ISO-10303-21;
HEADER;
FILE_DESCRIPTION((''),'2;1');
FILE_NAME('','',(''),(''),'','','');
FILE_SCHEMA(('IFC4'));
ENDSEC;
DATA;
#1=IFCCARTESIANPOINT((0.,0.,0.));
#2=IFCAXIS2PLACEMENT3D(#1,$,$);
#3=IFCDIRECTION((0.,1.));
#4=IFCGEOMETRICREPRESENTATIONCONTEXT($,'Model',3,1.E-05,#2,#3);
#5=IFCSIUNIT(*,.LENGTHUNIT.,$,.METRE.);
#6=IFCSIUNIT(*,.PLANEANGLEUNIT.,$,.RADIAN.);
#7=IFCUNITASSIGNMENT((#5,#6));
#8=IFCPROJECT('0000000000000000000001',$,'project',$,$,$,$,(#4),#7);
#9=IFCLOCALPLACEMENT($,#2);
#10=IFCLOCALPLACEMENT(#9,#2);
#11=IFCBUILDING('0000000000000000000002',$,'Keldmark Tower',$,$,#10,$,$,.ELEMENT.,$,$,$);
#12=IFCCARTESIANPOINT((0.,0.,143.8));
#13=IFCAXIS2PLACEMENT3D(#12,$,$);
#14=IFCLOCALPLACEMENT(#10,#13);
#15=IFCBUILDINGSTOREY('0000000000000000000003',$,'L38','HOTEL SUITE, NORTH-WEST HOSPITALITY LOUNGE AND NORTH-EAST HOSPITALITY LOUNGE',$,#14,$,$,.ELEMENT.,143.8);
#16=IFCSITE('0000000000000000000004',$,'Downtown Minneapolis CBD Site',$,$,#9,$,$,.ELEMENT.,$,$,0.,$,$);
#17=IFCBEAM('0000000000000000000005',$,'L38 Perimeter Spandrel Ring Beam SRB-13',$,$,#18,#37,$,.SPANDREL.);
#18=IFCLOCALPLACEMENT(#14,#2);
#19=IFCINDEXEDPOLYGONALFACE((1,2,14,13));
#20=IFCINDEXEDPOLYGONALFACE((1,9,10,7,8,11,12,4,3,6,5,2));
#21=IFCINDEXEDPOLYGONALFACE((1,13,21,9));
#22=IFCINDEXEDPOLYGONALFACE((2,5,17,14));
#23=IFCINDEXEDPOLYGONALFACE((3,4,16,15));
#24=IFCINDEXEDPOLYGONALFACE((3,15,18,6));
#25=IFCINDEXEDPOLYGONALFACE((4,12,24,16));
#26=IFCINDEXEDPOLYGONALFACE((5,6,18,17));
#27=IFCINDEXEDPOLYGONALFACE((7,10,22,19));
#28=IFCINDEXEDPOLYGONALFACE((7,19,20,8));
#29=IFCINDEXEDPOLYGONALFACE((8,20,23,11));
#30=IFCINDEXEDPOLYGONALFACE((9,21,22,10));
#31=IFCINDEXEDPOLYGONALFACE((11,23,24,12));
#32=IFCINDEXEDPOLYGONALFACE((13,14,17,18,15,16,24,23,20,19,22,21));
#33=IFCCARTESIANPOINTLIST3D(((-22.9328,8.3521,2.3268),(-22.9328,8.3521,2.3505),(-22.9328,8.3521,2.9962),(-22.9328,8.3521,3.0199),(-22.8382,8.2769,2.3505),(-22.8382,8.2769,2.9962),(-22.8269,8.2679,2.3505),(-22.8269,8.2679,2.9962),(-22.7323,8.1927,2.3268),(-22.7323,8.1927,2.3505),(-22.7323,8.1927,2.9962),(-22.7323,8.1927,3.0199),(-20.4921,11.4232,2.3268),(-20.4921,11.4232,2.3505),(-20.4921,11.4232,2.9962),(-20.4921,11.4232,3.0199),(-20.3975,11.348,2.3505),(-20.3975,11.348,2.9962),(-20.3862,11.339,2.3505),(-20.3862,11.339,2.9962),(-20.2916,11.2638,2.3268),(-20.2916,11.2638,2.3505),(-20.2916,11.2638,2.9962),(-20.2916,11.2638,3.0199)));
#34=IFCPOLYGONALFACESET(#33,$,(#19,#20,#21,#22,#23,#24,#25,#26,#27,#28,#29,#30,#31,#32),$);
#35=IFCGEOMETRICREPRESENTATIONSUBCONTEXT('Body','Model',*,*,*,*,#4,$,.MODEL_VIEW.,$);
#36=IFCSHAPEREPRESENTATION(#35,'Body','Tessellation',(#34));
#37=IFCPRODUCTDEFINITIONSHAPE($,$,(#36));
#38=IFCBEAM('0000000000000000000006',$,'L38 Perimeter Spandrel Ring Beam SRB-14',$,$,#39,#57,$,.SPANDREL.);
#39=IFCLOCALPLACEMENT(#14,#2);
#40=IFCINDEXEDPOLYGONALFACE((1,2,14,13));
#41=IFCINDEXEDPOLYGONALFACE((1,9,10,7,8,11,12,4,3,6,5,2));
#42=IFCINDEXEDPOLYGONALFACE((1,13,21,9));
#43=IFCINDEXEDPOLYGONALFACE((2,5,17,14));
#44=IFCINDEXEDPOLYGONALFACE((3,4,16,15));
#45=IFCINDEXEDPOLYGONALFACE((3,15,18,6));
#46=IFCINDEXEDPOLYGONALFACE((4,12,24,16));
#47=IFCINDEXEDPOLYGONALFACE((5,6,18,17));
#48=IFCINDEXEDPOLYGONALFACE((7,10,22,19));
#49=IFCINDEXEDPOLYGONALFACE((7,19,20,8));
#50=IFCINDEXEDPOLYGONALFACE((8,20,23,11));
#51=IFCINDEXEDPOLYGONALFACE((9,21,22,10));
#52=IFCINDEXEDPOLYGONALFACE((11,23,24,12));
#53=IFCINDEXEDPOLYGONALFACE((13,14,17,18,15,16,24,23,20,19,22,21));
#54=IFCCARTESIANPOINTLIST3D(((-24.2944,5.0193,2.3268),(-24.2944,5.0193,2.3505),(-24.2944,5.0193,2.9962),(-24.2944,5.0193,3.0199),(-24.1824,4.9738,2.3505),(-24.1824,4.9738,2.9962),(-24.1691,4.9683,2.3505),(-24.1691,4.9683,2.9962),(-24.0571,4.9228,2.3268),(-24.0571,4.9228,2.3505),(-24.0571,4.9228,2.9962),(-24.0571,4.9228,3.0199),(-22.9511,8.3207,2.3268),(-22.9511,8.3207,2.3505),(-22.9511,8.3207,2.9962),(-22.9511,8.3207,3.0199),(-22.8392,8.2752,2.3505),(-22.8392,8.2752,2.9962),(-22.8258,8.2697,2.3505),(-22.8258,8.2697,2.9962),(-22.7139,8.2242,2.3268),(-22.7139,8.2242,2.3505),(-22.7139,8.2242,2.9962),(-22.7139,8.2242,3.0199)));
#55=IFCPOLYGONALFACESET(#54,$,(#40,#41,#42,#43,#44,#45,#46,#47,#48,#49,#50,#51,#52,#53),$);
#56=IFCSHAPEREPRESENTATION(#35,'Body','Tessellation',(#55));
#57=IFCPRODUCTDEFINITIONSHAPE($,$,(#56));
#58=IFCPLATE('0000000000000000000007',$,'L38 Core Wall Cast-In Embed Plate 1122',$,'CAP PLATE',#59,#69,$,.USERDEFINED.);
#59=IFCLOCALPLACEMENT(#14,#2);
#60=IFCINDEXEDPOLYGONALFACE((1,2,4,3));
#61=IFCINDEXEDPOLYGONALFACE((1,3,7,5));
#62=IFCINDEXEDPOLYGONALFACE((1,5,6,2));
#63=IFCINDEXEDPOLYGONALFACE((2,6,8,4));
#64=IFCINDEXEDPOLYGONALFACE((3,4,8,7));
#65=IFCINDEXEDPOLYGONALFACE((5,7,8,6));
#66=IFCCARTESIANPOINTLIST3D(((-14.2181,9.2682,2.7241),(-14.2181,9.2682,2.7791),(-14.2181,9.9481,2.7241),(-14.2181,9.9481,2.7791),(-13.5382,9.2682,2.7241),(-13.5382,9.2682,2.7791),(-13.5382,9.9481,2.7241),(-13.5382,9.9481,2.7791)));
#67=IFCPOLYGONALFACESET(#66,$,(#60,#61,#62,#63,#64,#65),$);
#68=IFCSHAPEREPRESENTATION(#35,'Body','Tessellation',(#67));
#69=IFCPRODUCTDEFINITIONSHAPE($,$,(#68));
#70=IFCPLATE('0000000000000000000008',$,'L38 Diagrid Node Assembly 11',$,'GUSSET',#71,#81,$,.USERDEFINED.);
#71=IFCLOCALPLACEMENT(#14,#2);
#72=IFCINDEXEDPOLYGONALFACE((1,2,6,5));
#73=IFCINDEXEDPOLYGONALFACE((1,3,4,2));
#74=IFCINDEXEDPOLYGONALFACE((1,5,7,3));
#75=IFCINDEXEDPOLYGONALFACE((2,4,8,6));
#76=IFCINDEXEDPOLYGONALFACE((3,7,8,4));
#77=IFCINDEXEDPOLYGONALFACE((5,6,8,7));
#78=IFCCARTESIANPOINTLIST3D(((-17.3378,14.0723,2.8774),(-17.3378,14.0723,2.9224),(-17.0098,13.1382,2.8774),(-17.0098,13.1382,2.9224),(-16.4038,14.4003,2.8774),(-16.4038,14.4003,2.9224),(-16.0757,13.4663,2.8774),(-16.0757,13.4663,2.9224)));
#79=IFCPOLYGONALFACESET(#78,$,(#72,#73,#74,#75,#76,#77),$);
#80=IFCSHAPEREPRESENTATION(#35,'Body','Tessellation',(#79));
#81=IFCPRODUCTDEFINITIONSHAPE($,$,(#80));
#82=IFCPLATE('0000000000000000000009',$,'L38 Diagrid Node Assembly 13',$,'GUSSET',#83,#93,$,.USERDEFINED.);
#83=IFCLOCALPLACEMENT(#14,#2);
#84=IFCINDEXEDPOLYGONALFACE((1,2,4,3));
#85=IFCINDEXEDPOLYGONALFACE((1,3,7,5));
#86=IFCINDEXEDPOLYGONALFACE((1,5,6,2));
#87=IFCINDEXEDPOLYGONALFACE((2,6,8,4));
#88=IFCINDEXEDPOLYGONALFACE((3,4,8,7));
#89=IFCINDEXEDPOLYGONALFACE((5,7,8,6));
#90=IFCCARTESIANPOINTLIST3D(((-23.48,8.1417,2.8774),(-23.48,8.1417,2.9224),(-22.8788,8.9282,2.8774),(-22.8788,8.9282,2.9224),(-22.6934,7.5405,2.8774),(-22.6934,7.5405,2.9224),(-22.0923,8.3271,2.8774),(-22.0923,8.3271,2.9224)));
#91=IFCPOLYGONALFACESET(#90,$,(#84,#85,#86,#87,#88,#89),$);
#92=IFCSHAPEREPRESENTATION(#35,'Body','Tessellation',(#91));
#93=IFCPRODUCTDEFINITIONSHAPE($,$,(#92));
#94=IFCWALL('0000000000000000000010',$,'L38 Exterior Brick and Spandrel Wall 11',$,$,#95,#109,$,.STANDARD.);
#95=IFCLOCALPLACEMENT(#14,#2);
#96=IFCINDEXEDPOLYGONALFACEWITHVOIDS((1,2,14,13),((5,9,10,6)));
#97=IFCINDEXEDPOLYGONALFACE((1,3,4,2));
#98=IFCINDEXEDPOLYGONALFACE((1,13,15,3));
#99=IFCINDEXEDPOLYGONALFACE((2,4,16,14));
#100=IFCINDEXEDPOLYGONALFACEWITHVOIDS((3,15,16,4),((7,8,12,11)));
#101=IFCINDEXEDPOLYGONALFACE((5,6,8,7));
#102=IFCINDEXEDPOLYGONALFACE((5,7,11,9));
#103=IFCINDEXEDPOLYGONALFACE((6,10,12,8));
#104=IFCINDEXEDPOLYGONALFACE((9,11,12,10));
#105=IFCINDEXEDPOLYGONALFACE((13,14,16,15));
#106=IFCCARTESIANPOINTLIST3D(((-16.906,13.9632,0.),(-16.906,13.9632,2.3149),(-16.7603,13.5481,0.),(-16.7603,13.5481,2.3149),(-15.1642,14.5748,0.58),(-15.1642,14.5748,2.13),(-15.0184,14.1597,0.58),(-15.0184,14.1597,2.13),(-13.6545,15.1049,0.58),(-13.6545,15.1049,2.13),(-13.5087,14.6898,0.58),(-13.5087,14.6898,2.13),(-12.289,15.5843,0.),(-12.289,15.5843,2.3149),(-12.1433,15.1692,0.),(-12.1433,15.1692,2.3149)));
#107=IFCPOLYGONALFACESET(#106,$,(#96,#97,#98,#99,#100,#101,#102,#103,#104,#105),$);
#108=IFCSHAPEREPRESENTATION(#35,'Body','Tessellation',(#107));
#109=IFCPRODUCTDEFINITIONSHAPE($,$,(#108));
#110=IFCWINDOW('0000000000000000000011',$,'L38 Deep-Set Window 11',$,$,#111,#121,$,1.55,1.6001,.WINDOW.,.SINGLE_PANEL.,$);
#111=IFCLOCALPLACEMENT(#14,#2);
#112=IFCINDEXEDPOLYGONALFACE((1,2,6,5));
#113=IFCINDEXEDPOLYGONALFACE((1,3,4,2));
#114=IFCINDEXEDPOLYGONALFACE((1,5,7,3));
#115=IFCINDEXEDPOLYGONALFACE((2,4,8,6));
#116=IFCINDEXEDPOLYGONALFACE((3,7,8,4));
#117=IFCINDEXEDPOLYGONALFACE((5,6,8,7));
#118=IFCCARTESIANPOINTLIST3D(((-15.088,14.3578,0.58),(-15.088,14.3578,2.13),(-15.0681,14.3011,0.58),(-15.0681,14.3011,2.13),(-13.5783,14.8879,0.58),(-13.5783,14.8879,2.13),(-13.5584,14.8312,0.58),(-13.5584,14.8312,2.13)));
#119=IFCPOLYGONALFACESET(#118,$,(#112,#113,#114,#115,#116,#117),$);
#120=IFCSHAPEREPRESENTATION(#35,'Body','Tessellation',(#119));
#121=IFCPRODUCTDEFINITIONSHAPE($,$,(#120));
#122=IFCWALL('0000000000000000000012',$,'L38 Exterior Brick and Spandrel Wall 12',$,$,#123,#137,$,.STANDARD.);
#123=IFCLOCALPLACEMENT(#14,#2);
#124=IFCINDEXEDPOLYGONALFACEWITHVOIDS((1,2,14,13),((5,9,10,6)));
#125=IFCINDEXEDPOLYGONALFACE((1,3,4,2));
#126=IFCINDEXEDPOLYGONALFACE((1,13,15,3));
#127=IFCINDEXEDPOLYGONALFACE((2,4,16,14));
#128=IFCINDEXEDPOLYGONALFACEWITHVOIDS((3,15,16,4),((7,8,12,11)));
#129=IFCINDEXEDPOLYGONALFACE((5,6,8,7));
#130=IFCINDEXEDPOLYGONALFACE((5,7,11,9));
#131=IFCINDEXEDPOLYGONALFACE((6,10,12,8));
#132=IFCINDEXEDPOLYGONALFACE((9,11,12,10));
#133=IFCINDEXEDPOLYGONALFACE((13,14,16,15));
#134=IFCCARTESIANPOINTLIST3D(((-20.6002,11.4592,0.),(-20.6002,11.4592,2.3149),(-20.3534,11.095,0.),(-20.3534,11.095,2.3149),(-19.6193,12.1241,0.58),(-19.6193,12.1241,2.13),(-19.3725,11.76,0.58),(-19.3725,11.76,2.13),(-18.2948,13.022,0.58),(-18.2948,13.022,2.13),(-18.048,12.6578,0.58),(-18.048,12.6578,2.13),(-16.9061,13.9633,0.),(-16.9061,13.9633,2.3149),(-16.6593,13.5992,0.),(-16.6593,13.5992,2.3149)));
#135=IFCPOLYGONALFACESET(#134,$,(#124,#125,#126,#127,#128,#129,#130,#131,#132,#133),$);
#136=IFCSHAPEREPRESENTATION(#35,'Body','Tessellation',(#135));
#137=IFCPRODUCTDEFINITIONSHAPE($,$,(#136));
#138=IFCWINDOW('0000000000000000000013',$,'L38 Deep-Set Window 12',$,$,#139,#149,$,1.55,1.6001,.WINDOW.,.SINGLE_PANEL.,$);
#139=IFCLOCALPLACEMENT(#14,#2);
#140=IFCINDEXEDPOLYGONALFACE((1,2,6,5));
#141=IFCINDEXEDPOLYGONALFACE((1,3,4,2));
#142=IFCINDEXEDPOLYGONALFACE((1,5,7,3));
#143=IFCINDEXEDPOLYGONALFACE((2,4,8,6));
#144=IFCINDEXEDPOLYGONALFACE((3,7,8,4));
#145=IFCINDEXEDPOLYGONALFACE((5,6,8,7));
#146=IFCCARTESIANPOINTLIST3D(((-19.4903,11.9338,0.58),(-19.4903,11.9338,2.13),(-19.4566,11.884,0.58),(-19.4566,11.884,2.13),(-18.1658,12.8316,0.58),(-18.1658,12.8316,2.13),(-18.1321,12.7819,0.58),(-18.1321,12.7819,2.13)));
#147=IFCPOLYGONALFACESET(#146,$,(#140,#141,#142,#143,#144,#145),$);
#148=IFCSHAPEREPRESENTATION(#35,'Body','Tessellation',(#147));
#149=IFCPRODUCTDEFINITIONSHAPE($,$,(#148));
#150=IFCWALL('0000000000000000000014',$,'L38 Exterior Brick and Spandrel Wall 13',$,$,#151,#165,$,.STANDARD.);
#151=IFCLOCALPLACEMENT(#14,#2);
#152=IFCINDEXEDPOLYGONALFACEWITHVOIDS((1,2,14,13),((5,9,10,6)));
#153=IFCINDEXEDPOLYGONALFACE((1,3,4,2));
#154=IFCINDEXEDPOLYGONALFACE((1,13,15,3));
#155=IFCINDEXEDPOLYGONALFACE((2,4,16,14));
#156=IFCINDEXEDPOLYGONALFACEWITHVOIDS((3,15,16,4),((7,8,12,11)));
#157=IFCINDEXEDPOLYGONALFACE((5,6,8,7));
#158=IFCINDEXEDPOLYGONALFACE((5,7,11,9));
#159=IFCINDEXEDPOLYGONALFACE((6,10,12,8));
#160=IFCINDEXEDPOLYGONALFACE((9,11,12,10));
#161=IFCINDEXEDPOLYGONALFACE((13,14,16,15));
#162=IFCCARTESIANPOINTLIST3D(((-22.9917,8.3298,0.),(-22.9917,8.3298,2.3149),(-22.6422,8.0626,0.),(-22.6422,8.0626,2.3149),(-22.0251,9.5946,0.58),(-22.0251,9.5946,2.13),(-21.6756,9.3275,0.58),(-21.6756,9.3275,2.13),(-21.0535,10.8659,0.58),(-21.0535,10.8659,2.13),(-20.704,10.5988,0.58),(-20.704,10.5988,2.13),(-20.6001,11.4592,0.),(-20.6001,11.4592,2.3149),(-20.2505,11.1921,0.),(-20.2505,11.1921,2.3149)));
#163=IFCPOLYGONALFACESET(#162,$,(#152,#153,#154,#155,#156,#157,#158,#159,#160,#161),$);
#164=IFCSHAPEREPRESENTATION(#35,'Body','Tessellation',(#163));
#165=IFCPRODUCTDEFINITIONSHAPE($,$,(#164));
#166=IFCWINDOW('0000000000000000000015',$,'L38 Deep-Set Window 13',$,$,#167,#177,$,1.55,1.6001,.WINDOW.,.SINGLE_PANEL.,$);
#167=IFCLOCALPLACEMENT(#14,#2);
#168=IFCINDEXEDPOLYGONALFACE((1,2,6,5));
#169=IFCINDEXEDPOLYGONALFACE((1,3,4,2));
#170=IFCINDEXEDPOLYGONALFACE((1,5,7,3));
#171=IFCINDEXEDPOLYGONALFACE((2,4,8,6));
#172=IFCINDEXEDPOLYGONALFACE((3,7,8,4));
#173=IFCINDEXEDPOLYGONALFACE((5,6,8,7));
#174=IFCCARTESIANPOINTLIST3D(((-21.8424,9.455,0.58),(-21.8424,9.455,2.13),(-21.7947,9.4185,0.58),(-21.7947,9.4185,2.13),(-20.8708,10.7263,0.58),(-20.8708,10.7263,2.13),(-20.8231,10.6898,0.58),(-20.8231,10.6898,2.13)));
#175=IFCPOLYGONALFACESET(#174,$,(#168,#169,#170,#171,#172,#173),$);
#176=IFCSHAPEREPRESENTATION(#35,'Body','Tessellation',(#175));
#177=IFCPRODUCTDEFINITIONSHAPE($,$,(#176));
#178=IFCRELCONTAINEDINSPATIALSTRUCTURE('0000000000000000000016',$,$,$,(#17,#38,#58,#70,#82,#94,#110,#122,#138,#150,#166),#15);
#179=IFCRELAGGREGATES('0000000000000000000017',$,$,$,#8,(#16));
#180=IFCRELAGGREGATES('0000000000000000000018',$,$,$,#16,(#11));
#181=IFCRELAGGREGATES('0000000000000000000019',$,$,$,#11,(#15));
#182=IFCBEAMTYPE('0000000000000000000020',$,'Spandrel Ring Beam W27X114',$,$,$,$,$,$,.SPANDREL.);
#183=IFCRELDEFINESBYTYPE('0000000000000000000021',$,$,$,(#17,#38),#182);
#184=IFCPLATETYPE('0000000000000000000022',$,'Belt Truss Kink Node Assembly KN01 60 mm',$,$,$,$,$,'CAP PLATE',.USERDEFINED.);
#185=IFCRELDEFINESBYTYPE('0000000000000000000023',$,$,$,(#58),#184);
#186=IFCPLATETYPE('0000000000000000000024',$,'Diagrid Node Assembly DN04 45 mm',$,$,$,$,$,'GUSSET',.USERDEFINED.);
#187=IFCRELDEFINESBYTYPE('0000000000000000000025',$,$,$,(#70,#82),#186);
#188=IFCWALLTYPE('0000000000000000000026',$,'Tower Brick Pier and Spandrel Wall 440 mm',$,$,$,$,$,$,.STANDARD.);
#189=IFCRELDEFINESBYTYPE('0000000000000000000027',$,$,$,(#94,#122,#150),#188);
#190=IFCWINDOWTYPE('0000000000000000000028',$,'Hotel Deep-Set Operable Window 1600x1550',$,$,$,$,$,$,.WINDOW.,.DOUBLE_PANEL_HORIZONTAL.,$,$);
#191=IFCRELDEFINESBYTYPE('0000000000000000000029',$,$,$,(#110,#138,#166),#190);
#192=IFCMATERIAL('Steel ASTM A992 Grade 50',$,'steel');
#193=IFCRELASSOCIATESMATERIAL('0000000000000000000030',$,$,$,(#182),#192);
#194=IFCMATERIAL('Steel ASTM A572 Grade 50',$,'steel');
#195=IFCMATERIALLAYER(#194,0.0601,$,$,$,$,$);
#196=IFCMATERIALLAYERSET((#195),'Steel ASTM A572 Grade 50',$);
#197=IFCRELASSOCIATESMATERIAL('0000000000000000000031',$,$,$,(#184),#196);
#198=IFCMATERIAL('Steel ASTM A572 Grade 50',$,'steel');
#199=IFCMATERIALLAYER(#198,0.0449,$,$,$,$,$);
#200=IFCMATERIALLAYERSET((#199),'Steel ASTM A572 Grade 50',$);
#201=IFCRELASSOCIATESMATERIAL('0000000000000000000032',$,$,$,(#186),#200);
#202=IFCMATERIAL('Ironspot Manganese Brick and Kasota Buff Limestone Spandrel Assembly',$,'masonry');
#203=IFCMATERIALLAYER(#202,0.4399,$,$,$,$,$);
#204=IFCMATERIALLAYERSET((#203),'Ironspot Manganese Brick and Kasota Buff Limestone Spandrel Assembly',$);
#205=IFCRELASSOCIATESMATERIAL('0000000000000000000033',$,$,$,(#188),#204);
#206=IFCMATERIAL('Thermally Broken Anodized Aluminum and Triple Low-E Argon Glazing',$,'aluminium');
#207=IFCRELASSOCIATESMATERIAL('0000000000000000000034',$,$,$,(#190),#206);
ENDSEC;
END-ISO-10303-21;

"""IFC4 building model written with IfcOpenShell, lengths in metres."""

from ifc_helpers import new_model, si_unit, direction, frame, frame_2d, origin, origin_2d, place, context, subcontext, project, spatial, rectangle, i_section, extrude, material, layer, layer_set, material_profile, profile_set, type_object, element, fill, save


model = new_model("IFC4")

# Units and contexts
model_context = context("Model", 3, precision=1e-05, world=origin(), true_north=direction((0.0, 1.0)))
body_context = subcontext(model_context, "Body", "Model", "MODEL_VIEW")
ifc_project = project(units=[si_unit("LENGTHUNIT", "METRE"), si_unit("PLANEANGLEUNIT", "RADIAN")], contexts=[model_context])

# Site, building, storey
site_placement = place(None, origin())
site = spatial("IfcSite", under=ifc_project, at=site_placement, Name="Downtown Minneapolis CBD Site", CompositionType="ELEMENT", RefElevation=0.0)
building_placement = place(site_placement, origin())
building = spatial("IfcBuilding", under=site, at=building_placement, Name="Keldmark Tower", CompositionType="ELEMENT")
storey_placement = place(building_placement, frame((0.0, 0.0, 143.8)))
storey = spatial("IfcBuildingStorey", under=building, at=storey_placement, Name="L38", Description="HOTEL SUITE, NORTH-WEST HOSPITALITY LOUNGE AND NORTH-EAST HOSPITALITY LOUNGE", CompositionType="ELEMENT", Elevation=143.8)

# Beams
ifc_material_1 = material(Name="Steel ASTM A992 Grade 50", Category="steel")
ifc_material_profile_1 = material_profile(ifc_material_1, i_section(OverallWidth=0.2561, OverallDepth=0.6931, WebThickness=0.0144, FlangeThickness=0.0237, at=origin_2d()), Name="W27X114")
ifc_profile_set_1 = profile_set([ifc_material_profile_1], Name="Steel ASTM A992 Grade 50")
beam_type_1 = type_object("IfcBeamType", Name="Spandrel Ring Beam W27X114", PredefinedType="SPANDREL", material=ifc_profile_set_1)
beam_1_placement = place(storey_placement, frame((-20.3918, 11.3435, 2.6733), z_axis=(-0.62218, -0.782875, 0.0), x_axis=(0.782875, -0.62218, 0.0)))
element("IfcBeam", 1, at=beam_1_placement, inside=storey, type_object=beam_type_1, Name="L38 Perimeter Spandrel Ring Beam SRB-13", PredefinedType="SPANDREL", context=body_context, shape_type="SweptSolid", body=[
    extrude(i_section(OverallWidth=0.2561, OverallDepth=0.6931, WebThickness=0.0144, FlangeThickness=0.0237, at=origin_2d()), origin(), (0.0, 0.0, 1.0), 3.9229),
])
beam_2_placement = place(storey_placement, frame((-22.8325, 8.2725, 2.6733), z_axis=(-0.376864, -0.926269, 0.0), x_axis=(0.926269, -0.376864, 0.0)))
element("IfcBeam", 2, at=beam_2_placement, inside=storey, type_object=beam_type_1, Name="L38 Perimeter Spandrel Ring Beam SRB-14", PredefinedType="SPANDREL", context=body_context, shape_type="SweptSolid", body=[
    extrude(i_section(OverallWidth=0.2561, OverallDepth=0.6931, WebThickness=0.0144, FlangeThickness=0.0237, at=origin_2d()), origin(), (0.0, 0.0, 1.0), 3.5642),
])

# Plates
ifc_material_2 = material(Name="Steel ASTM A572 Grade 50", Category="steel")
ifc_layer_1 = layer(ifc_material_2, 0.0601)
ifc_layer_set_1 = layer_set([ifc_layer_1], Name="Steel ASTM A572 Grade 50")
plate_type_1 = type_object("IfcPlateType", Name="Belt Truss Kink Node Assembly KN01 60 mm", ElementType="CAP PLATE", PredefinedType="USERDEFINED", material=ifc_layer_set_1)
plate_placement = place(storey_placement, frame((-13.8782, 9.6082, 2.7241), z_axis=(0.0, 0.0, 1.0), x_axis=(1.0, 0.0, 0.0)))
element("IfcPlate", 3, at=plate_placement, inside=storey, type_object=plate_type_1, Name="L38 Core Wall Cast-In Embed Plate 1122", ObjectType="CAP PLATE", PredefinedType="USERDEFINED", context=body_context, shape_type="SweptSolid", body=[
    extrude(rectangle(XDim=0.6799, YDim=0.6799, at=origin_2d()), origin(), (0.0, 0.0, 1.0), 0.0549),
])
ifc_material_3 = material(Name="Steel ASTM A572 Grade 50", Category="steel")
ifc_layer_2 = layer(ifc_material_3, 0.0449)
ifc_layer_set_2 = layer_set([ifc_layer_2], Name="Steel ASTM A572 Grade 50")
plate_type_2 = type_object("IfcPlateType", Name="Diagrid Node Assembly DN04 45 mm", ElementType="GUSSET", PredefinedType="USERDEFINED", material=ifc_layer_set_2)
for number, where, z_axis, x_axis, name in (
    (4, (-16.7068, 13.7693, 2.8774), (0.0, 0.0, 1.0), (-0.943512, -0.331338, 0.0), "L38 Diagrid Node Assembly 11"),
    (5, (-22.7861, 8.2344, 2.8774), (0.0, 0.0, 1.0), (-0.607237, -0.794521, 0.0), "L38 Diagrid Node Assembly 13"),
):
    element("IfcPlate", number, at=place(storey_placement, frame(where, z_axis=z_axis, x_axis=x_axis)), inside=storey, type_object=plate_type_2, Name=name, ObjectType="GUSSET", PredefinedType="USERDEFINED", context=body_context, shape_type="SweptSolid", body=[
        extrude(rectangle(XDim=0.99, YDim=0.99, at=origin_2d()), origin(), (0.0, 0.0, 1.0), 0.0449),
    ])

# Walls, openings, windows
ifc_material_4 = material(Name="Ironspot Manganese Brick and Kasota Buff Limestone Spandrel Assembly", Category="masonry")
ifc_layer_3 = layer(ifc_material_4, 0.4399)
ifc_layer_set_3 = layer_set([ifc_layer_3], Name="Ironspot Manganese Brick and Kasota Buff Limestone Spandrel Assembly")
wall_type_1 = type_object("IfcWallType", Name="Tower Brick Pier and Spandrel Wall 440 mm", PredefinedType="STANDARD", material=ifc_layer_set_3)
wall_1_placement = place(storey_placement, frame((-16.8333, 13.7556, 0.0), z_axis=(0.0, 0.0, 1.0), x_axis=(0.943529, 0.33129, 0.0)))
wall_1 = element("IfcWall", 6, at=wall_1_placement, inside=storey, type_object=wall_type_1, Name="L38 Exterior Brick and Spandrel Wall 11", PredefinedType="STANDARD", context=body_context, shape_type="SweptSolid", body=[
    extrude(rectangle(XDim=4.8933, YDim=0.4399, at=frame_2d((2.4468, 0.0))), origin(), (0.0, 0.0, 1.0), 2.3149),
])
opening_1_placement = place(wall_1_placement, frame((1.8462, 0.0, 0.5801)))
opening_1 = element("IfcOpeningElement", 7, at=opening_1_placement, cuts=wall_1, PredefinedType="OPENING", context=body_context, shape_type="SweptSolid", body=[
    extrude(rectangle(XDim=1.6001, YDim=1.55, at=frame_2d((0.8, 0.7749))), frame((0.0, 0.23, 0.0), z_axis=(0.0, -1.0, 0.0), x_axis=(1.0, 0.0, 0.0)), (0.0, 0.0, 1.0), 0.46),
])
ifc_material_5 = material(Name="Thermally Broken Anodized Aluminum and Triple Low-E Argon Glazing", Category="aluminium")
window_type = type_object("IfcWindowType", Name="Hotel Deep-Set Operable Window 1600x1550", PartitioningType="DOUBLE_PANEL_HORIZONTAL", PredefinedType="WINDOW", material=ifc_material_5)
window_1_placement = place(opening_1_placement, origin())
window_1 = element("IfcWindow", 8, at=window_1_placement, inside=storey, type_object=window_type, Name="L38 Deep-Set Window 11", OverallHeight=1.55, OverallWidth=1.6001, PartitioningType="SINGLE_PANEL", PredefinedType="WINDOW", context=body_context, shape_type="SweptSolid", body=[
    extrude(rectangle(XDim=1.6001, YDim=1.55, at=frame_2d((0.8, 0.7749))), frame((0.0, -0.01, 0.0), z_axis=(0.0, -1.0, 0.0), x_axis=(1.0, 0.0, 0.0)), (0.0, 0.0, 1.0), 0.0601),
])
fill(opening_1, window_1)
wall_2_placement = place(storey_placement, frame((-20.4768, 11.2771, 0.0), z_axis=(0.0, 0.0, 1.0), x_axis=(0.827742, 0.561109, 0.0)))
wall_2 = element("IfcWall", 9, at=wall_2_placement, inside=storey, type_object=wall_type_1, Name="L38 Exterior Brick and Spandrel Wall 12", PredefinedType="STANDARD", context=body_context, shape_type="SweptSolid", body=[
    extrude(rectangle(XDim=4.4629, YDim=0.4399, at=frame_2d((2.2314, 0.0))), origin(), (0.0, 0.0, 1.0), 2.3149),
])
opening_2_placement = place(wall_2_placement, frame((1.1851, 0.0, 0.5801)))
opening_2 = element("IfcOpeningElement", 10, at=opening_2_placement, cuts=wall_2, PredefinedType="OPENING", context=body_context, shape_type="SweptSolid", body=[
    extrude(rectangle(XDim=1.6001, YDim=1.55, at=frame_2d((0.8, 0.7749))), frame((0.0, 0.23, 0.0), z_axis=(0.0, -1.0, 0.0), x_axis=(1.0, 0.0, 0.0)), (0.0, 0.0, 1.0), 0.46),
])
window_2_placement = place(opening_2_placement, origin())
window_2 = element("IfcWindow", 11, at=window_2_placement, inside=storey, type_object=window_type, Name="L38 Deep-Set Window 12", OverallHeight=1.55, OverallWidth=1.6001, PartitioningType="SINGLE_PANEL", PredefinedType="WINDOW", context=body_context, shape_type="SweptSolid", body=[
    extrude(rectangle(XDim=1.6001, YDim=1.55, at=frame_2d((0.8, 0.7749))), frame((0.0, -0.01, 0.0), z_axis=(0.0, -1.0, 0.0), x_axis=(1.0, 0.0, 0.0)), (0.0, 0.0, 1.0), 0.0601),
])
fill(opening_2, window_2)
wall_3_placement = place(storey_placement, frame((-22.8169, 8.1963, 0.0), z_axis=(0.0, 0.0, 1.0), x_axis=(0.607215, 0.794537, 0.0)))
wall_3 = element("IfcWall", 12, at=wall_3_placement, inside=storey, type_object=wall_type_1, Name="L38 Exterior Brick and Spandrel Wall 13", PredefinedType="STANDARD", context=body_context, shape_type="SweptSolid", body=[
    extrude(rectangle(XDim=3.9387, YDim=0.4399, at=frame_2d((1.9692, 0.0))), origin(), (0.0, 0.0, 1.0), 2.3149),
])
opening_3_placement = place(wall_3_placement, frame((1.5918, 0.0, 0.5801)))
opening_3 = element("IfcOpeningElement", 13, at=opening_3_placement, cuts=wall_3, PredefinedType="OPENING", context=body_context, shape_type="SweptSolid", body=[
    extrude(rectangle(XDim=1.6001, YDim=1.55, at=frame_2d((0.8, 0.7749))), frame((0.0, 0.23, 0.0), z_axis=(0.0, -1.0, 0.0), x_axis=(1.0, 0.0, 0.0)), (0.0, 0.0, 1.0), 0.46),
])
window_3_placement = place(opening_3_placement, origin())
window_3 = element("IfcWindow", 14, at=window_3_placement, inside=storey, type_object=window_type, Name="L38 Deep-Set Window 13", OverallHeight=1.55, OverallWidth=1.6001, PartitioningType="SINGLE_PANEL", PredefinedType="WINDOW", context=body_context, shape_type="SweptSolid", body=[
    extrude(rectangle(XDim=1.6001, YDim=1.55, at=frame_2d((0.8, 0.7749))), frame((0.0, -0.01, 0.0), z_axis=(0.0, -1.0, 0.0), x_axis=(1.0, 0.0, 0.0)), (0.0, 0.0, 1.0), 0.0601),
])
fill(opening_3, window_3)

save(model, "model.ifc")
